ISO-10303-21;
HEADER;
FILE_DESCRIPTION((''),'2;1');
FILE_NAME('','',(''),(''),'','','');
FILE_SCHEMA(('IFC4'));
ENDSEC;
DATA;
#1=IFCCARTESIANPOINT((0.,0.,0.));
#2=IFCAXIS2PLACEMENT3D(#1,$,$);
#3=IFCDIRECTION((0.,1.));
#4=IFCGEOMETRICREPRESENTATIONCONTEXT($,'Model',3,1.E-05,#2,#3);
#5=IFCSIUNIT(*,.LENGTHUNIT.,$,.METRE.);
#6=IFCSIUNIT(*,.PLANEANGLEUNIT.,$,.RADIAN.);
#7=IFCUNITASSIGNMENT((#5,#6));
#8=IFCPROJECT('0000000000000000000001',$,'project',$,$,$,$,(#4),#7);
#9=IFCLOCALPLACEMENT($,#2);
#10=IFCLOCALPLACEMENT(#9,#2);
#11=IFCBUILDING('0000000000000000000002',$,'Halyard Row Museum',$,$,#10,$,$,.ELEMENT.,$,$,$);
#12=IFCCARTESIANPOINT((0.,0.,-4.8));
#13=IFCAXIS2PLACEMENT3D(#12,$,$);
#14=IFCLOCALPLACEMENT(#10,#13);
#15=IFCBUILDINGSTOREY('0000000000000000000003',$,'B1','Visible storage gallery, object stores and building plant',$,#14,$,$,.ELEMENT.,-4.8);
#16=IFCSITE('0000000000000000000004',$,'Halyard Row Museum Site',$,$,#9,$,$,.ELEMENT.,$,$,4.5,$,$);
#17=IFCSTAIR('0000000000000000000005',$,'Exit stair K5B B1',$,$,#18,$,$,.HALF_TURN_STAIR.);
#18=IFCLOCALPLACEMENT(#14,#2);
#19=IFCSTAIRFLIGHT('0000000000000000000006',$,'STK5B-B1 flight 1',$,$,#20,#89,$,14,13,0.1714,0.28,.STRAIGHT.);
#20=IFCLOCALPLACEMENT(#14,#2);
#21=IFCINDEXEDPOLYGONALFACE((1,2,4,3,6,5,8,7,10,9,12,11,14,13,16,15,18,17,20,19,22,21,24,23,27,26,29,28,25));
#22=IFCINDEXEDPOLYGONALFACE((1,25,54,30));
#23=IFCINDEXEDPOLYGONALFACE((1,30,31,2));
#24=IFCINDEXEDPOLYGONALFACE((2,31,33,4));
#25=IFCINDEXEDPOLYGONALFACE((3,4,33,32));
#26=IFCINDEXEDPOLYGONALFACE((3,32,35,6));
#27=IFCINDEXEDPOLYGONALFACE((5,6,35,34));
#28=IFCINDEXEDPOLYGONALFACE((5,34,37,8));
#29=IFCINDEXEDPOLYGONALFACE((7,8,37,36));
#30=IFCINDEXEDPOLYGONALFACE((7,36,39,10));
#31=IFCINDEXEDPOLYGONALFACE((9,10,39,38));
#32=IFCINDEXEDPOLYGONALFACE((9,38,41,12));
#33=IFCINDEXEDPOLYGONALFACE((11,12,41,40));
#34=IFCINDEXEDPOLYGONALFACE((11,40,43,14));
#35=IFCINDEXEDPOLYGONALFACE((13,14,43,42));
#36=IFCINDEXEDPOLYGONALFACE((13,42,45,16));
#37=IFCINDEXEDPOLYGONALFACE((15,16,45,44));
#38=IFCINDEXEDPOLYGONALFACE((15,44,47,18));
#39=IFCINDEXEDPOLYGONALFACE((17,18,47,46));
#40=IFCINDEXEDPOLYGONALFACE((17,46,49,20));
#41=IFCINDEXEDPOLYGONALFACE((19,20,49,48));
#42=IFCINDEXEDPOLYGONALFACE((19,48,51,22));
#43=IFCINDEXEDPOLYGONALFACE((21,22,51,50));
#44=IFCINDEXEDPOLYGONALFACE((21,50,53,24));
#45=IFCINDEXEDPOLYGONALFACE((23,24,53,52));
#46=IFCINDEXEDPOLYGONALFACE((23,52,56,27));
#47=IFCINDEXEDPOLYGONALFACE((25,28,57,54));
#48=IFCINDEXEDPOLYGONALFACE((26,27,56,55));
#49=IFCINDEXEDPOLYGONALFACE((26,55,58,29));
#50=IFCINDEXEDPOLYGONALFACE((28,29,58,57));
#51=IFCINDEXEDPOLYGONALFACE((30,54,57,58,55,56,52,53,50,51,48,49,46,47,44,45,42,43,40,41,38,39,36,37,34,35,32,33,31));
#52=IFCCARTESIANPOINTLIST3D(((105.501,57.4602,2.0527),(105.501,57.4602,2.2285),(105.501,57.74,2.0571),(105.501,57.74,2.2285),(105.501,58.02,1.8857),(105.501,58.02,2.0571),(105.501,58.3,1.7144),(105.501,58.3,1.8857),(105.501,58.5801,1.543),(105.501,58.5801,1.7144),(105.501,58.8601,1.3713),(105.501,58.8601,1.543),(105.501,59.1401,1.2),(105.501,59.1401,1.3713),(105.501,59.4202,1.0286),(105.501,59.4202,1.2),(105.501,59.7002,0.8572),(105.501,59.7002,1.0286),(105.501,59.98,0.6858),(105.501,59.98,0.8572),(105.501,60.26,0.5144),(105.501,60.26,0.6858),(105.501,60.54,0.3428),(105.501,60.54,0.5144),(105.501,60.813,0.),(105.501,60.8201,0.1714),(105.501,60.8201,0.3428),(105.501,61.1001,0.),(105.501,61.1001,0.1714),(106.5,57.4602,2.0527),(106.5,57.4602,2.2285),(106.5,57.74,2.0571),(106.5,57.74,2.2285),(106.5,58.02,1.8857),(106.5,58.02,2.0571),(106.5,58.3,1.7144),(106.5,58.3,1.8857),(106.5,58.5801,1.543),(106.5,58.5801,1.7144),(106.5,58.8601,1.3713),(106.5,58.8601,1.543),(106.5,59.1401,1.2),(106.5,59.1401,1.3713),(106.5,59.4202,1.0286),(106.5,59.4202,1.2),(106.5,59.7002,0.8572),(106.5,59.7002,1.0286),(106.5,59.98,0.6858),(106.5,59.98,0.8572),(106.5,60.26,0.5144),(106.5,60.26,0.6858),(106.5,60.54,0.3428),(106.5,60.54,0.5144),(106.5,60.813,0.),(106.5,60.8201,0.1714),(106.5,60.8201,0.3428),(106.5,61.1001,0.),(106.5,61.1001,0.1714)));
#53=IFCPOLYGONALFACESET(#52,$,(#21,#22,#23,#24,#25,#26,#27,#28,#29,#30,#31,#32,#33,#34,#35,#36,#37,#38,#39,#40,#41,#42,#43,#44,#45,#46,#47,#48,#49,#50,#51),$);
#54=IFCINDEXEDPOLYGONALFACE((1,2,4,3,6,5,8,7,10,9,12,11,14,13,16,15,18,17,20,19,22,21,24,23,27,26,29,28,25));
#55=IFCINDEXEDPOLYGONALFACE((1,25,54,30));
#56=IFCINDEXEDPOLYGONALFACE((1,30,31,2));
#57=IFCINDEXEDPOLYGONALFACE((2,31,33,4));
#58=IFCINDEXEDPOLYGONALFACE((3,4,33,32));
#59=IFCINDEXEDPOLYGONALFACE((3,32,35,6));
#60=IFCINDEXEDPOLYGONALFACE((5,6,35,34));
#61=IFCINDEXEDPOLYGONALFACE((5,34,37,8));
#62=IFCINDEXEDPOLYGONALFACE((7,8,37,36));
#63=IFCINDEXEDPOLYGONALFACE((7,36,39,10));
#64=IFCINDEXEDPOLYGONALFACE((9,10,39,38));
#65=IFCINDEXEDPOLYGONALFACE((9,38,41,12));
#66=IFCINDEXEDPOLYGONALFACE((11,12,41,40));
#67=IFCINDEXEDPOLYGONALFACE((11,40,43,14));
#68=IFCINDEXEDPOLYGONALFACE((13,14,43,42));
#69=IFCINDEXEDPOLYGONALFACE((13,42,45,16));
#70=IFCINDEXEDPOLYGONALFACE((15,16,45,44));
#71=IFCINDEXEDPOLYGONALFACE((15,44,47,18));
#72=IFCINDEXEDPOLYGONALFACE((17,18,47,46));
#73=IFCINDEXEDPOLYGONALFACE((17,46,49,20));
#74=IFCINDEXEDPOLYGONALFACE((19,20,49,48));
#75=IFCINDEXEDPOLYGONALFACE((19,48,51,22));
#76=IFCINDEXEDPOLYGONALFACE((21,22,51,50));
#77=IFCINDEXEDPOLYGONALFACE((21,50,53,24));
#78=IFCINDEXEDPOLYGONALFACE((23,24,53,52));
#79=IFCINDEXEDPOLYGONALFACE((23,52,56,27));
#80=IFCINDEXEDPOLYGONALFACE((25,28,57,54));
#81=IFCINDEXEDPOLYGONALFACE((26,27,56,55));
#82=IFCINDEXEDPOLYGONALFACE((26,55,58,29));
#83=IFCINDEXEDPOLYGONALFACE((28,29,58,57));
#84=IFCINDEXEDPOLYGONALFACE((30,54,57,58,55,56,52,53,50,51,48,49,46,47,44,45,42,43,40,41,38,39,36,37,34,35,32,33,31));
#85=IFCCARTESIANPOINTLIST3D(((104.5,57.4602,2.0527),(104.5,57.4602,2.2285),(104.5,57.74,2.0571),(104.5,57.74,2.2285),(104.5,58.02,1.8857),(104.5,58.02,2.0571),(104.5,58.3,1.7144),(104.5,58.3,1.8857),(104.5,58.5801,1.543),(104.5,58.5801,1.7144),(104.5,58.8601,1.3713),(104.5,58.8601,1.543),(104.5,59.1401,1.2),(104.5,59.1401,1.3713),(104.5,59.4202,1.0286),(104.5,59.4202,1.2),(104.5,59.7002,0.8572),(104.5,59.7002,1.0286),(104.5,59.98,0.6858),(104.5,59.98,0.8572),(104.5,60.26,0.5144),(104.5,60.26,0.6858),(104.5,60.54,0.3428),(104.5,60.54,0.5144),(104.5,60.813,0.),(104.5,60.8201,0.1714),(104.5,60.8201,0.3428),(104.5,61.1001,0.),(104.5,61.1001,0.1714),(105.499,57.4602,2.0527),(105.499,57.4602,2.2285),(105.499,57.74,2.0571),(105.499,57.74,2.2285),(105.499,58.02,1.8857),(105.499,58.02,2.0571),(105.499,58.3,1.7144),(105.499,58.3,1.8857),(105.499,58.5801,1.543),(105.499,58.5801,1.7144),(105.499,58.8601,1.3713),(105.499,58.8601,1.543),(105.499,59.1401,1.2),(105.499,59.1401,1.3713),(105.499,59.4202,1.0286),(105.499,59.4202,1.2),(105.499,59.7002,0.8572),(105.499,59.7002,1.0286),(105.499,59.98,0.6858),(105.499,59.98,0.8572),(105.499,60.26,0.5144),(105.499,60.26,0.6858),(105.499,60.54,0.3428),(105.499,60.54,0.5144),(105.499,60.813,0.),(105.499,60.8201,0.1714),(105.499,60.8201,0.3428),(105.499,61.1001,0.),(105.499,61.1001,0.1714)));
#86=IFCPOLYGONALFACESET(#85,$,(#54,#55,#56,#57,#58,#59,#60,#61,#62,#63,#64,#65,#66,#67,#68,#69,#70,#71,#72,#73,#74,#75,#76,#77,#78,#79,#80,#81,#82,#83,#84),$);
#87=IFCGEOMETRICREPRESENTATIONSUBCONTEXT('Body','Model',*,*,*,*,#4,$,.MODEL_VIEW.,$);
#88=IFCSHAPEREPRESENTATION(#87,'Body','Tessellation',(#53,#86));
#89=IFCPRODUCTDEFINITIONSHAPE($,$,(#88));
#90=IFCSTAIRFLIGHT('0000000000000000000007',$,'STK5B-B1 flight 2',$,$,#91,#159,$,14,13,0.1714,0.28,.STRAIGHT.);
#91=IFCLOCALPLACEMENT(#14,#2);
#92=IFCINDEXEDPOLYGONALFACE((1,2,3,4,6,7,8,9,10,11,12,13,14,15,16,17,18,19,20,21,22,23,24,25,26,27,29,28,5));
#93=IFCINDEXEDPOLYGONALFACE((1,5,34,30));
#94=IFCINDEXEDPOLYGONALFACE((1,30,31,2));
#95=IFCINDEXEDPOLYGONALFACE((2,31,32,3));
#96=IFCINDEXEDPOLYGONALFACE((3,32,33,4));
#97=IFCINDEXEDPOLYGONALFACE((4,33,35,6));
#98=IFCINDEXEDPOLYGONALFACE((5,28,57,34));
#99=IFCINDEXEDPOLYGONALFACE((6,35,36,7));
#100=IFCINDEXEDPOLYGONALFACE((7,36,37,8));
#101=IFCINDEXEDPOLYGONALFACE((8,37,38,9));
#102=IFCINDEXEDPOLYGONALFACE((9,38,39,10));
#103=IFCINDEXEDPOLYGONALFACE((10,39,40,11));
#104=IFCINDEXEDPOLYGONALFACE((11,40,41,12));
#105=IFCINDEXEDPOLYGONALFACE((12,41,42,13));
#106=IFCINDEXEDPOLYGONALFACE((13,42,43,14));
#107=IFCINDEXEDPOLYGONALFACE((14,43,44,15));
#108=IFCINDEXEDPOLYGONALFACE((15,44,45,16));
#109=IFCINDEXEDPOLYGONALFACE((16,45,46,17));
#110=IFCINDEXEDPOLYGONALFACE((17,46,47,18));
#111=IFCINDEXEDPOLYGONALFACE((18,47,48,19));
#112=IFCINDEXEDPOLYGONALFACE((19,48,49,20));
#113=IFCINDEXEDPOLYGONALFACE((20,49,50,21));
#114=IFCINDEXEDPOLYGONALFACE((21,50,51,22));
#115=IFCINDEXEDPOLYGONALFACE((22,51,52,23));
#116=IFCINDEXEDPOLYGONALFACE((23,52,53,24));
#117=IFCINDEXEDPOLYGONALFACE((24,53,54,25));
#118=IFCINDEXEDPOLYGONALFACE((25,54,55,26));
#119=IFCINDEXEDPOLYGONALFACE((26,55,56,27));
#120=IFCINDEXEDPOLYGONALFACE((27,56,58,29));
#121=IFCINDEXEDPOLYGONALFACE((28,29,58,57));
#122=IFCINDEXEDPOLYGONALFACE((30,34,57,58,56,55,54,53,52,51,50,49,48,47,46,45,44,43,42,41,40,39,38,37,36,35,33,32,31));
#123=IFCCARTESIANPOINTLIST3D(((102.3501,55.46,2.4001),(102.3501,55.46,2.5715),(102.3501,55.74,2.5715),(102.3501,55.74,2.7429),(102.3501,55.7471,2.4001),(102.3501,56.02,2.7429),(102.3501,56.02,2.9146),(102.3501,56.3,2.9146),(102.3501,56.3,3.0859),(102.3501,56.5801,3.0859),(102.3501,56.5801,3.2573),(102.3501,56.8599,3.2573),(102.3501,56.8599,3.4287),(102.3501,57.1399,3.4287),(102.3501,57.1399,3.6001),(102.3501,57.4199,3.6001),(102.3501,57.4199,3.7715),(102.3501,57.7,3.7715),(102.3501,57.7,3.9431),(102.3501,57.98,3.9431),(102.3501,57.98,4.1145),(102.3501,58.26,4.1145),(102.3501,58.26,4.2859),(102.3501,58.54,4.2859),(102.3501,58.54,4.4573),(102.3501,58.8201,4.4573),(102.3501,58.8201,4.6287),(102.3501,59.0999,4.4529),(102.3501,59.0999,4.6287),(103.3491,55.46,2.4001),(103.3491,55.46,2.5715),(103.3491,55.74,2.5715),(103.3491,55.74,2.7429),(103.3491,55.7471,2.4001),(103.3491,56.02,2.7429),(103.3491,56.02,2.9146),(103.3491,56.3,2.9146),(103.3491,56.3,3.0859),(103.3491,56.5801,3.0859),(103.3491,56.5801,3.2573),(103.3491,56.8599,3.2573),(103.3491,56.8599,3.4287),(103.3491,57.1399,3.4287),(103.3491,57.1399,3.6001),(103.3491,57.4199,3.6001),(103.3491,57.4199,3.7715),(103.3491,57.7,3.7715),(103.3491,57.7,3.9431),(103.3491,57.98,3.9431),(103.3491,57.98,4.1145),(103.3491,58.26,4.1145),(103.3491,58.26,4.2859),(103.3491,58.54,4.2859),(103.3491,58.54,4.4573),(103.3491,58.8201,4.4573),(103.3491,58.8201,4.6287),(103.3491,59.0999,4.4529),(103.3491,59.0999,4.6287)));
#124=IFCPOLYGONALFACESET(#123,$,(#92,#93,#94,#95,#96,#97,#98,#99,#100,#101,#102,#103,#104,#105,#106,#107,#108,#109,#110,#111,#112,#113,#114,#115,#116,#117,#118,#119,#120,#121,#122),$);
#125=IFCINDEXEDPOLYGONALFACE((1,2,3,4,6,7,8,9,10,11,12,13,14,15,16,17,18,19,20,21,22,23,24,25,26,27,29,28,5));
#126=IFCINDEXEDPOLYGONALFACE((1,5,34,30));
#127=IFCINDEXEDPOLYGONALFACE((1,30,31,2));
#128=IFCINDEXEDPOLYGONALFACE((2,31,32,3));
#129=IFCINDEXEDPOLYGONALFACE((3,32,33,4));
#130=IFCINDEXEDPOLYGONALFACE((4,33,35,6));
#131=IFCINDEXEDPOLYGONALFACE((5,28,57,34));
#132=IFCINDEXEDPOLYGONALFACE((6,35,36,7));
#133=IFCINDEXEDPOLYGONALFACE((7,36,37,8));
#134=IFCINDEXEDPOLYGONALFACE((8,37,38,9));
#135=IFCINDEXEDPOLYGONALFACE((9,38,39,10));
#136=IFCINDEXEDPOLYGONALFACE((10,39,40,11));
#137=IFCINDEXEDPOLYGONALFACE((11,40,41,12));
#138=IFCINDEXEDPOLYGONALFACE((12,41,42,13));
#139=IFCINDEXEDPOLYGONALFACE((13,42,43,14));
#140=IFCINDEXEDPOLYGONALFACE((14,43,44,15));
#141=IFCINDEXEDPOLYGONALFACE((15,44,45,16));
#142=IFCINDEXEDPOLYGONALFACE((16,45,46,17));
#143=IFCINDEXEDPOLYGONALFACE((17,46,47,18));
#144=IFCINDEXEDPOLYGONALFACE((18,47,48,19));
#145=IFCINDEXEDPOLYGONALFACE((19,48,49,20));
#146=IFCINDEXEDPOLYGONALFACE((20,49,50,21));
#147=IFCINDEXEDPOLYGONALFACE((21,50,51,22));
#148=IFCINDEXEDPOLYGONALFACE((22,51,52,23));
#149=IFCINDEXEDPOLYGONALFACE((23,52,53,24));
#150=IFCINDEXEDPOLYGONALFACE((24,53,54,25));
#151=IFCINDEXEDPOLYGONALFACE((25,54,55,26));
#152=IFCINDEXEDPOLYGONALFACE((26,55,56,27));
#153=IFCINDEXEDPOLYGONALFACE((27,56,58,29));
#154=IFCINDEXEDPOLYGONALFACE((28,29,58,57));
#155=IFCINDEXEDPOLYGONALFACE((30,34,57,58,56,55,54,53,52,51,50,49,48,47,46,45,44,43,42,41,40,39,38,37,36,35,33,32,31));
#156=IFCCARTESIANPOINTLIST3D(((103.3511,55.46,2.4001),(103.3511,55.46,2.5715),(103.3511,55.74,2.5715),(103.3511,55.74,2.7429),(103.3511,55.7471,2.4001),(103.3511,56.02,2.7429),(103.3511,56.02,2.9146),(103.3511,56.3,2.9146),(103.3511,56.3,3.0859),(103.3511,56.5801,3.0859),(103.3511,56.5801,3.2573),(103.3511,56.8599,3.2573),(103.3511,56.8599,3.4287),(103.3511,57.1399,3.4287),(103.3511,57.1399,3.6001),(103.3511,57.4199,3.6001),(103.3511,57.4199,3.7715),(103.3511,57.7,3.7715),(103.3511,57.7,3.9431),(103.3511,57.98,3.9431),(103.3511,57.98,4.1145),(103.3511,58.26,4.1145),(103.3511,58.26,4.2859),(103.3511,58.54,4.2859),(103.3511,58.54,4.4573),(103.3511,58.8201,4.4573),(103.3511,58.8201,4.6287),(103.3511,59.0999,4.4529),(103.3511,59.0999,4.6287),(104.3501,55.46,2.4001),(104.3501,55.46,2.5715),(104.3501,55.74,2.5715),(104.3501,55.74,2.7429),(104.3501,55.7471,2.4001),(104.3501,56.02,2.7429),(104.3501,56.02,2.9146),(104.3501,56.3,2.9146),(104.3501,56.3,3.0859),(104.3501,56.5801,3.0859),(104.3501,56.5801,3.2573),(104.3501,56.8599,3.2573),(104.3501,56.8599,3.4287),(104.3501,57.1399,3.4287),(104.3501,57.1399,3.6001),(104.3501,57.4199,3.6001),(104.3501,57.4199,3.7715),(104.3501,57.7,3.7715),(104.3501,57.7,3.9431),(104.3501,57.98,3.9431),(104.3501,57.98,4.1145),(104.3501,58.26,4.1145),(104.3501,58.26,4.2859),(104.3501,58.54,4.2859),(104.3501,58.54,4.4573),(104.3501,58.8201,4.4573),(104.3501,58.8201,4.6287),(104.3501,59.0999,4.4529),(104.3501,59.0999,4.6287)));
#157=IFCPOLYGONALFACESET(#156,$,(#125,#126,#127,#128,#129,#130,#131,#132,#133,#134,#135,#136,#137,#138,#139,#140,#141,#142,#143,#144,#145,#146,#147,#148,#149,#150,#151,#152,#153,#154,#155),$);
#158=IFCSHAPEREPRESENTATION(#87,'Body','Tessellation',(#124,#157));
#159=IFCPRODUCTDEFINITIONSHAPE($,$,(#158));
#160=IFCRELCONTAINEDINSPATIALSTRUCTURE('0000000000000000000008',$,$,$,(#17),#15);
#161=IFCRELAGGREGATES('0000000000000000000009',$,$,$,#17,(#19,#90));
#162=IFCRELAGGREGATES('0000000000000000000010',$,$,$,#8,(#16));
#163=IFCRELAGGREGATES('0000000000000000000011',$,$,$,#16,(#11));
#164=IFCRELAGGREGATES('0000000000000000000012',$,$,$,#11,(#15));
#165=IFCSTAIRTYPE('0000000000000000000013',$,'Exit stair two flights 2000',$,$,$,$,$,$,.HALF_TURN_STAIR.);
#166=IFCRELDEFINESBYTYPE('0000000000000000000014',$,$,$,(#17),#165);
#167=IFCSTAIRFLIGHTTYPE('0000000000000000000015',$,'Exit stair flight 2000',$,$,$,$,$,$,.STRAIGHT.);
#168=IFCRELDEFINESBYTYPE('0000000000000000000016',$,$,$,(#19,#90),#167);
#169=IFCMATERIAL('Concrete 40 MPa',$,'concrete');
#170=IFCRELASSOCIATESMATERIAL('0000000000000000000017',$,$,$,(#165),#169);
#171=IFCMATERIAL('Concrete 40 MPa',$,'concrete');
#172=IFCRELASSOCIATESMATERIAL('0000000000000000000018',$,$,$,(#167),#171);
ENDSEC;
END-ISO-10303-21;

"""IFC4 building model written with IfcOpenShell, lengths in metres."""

from ifc_helpers import new_model, si_unit, direction, frame, origin, place, context, subcontext, project, spatial, polyline, outline, extrude, material, type_object, element, aggregate, save


model = new_model("IFC4")

# Units and contexts
model_context = context("Model", 3, precision=1e-05, world=origin(), true_north=direction((0.0, 1.0)))
body_context = subcontext(model_context, "Body", "Model", "MODEL_VIEW")
ifc_project = project(units=[si_unit("LENGTHUNIT", "METRE"), si_unit("PLANEANGLEUNIT", "RADIAN")], contexts=[model_context])

# Site, building, storey
site_placement = place(None, origin())
site = spatial("IfcSite", under=ifc_project, at=site_placement, Name="Halyard Row Museum Site", CompositionType="ELEMENT", RefElevation=4.5)
building_placement = place(site_placement, origin())
building = spatial("IfcBuilding", under=site, at=building_placement, Name="Halyard Row Museum", CompositionType="ELEMENT")
storey_placement = place(building_placement, frame((0.0, 0.0, -4.8)))
storey = spatial("IfcBuildingStorey", under=building, at=storey_placement, Name="B1", Description="Visible storage gallery, object stores and building plant", CompositionType="ELEMENT", Elevation=-4.8)

# Stair, stair flights
ifc_material_1 = material(Name="Concrete 40 MPa", Category="concrete")
stair_type = type_object("IfcStairType", Name="Exit stair two flights 2000", PredefinedType="HALF_TURN_STAIR", material=ifc_material_1)
stair_placement = place(storey_placement, origin())
stair = element("IfcStair", 1, at=stair_placement, inside=storey, type_object=stair_type, Name="Exit stair K5B B1", PredefinedType="HALF_TURN_STAIR")
ifc_material_2 = material(Name="Concrete 40 MPa", Category="concrete")
stair_flight_type = type_object("IfcStairFlightType", Name="Exit stair flight 2000", PredefinedType="STRAIGHT", material=ifc_material_2)
stair_flight_1_placement = place(storey_placement, frame((105.5, 61.1001, 0.0), z_axis=(0.0, 0.0, 1.0), x_axis=(0.0, -1.0, 0.0)))
stair_flight_1 = element("IfcStairFlight", 2, at=stair_flight_1_placement, type_object=stair_flight_type, Name="STK5B-B1 flight 1", NumberOfRisers=14, NumberOfTreads=13, PredefinedType="STRAIGHT", RiserHeight=0.1714, TreadLength=0.28, context=body_context, shape_type="SweptSolid", body=[
    extrude(outline(polyline([(0.0, 0.0), (0.0, 0.1714), (0.28, 0.1714), (0.28, 0.3428), (0.5601, 0.3428), (0.5601, 0.5144), (0.8401, 0.5144), (0.8401, 0.6858), (1.1201, 0.6858), (1.1201, 0.8572), (1.3999, 0.8572), (1.3999, 1.0286), (1.6799, 1.0286), (1.6799, 1.2), (1.96, 1.2), (1.96, 1.3713), (2.24, 1.3713), (2.24, 1.543), (2.52, 1.543), (2.52, 1.7144), (2.8, 1.7144), (2.8, 1.8857), (3.0801, 1.8857), (3.0801, 2.0571), (3.3601, 2.0571), (3.3601, 2.2285), (3.6399, 2.2285), (3.6399, 2.3999), (3.6399, 2.0527), (0.2871, 0.0), (0.0, 0.0)])), frame((0.0, 1.0, 0.0), z_axis=(0.0, -1.0, 0.0), x_axis=(1.0, 0.0, 0.0)), (0.0, 0.0, 1.0), 0.999),
    extrude(outline(polyline([(0.0, 0.0), (0.0, 0.1714), (0.28, 0.1714), (0.28, 0.3428), (0.5601, 0.3428), (0.5601, 0.5144), (0.8401, 0.5144), (0.8401, 0.6858), (1.1201, 0.6858), (1.1201, 0.8572), (1.3999, 0.8572), (1.3999, 1.0286), (1.6799, 1.0286), (1.6799, 1.2), (1.96, 1.2), (1.96, 1.3713), (2.24, 1.3713), (2.24, 1.543), (2.52, 1.543), (2.52, 1.7144), (2.8, 1.7144), (2.8, 1.8857), (3.0801, 1.8857), (3.0801, 2.0571), (3.3601, 2.0571), (3.3601, 2.2285), (3.6399, 2.2285), (3.6399, 2.3999), (3.6399, 2.0527), (0.2871, 0.0), (0.0, 0.0)])), frame((0.0, -0.001, 0.0), z_axis=(0.0, -1.0, 0.0), x_axis=(1.0, 0.0, 0.0)), (0.0, 0.0, 1.0), 0.999),
])
stair_flight_2_placement = place(storey_placement, frame((103.3501, 55.46, 2.4001), z_axis=(0.0, 0.0, 1.0), x_axis=(0.0, 1.0, 0.0)))
stair_flight_2 = element("IfcStairFlight", 3, at=stair_flight_2_placement, type_object=stair_flight_type, Name="STK5B-B1 flight 2", NumberOfRisers=14, NumberOfTreads=13, PredefinedType="STRAIGHT", RiserHeight=0.1714, TreadLength=0.28, context=body_context, shape_type="SweptSolid", body=[
    extrude(outline(polyline([(0.0, 0.0), (0.0, 0.1714), (0.28, 0.1714), (0.28, 0.3428), (0.5601, 0.3428), (0.5601, 0.5144), (0.8401, 0.5144), (0.8401, 0.6858), (1.1201, 0.6858), (1.1201, 0.8572), (1.3999, 0.8572), (1.3999, 1.0286), (1.6799, 1.0286), (1.6799, 1.2), (1.96, 1.2), (1.96, 1.3713), (2.24, 1.3713), (2.24, 1.543), (2.52, 1.543), (2.52, 1.7144), (2.8, 1.7144), (2.8, 1.8857), (3.0801, 1.8857), (3.0801, 2.0571), (3.3601, 2.0571), (3.3601, 2.2285), (3.6399, 2.2285), (3.6399, 2.3999), (3.6399, 2.0527), (0.2871, 0.0), (0.0, 0.0)])), frame((0.0, 1.0, 0.0), z_axis=(0.0, -1.0, 0.0), x_axis=(1.0, 0.0, 0.0)), (0.0, 0.0, 1.0), 0.999),
    extrude(outline(polyline([(0.0, 0.0), (0.0, 0.1714), (0.28, 0.1714), (0.28, 0.3428), (0.5601, 0.3428), (0.5601, 0.5144), (0.8401, 0.5144), (0.8401, 0.6858), (1.1201, 0.6858), (1.1201, 0.8572), (1.3999, 0.8572), (1.3999, 1.0286), (1.6799, 1.0286), (1.6799, 1.2), (1.96, 1.2), (1.96, 1.3713), (2.24, 1.3713), (2.24, 1.543), (2.52, 1.543), (2.52, 1.7144), (2.8, 1.7144), (2.8, 1.8857), (3.0801, 1.8857), (3.0801, 2.0571), (3.3601, 2.0571), (3.3601, 2.2285), (3.6399, 2.2285), (3.6399, 2.3999), (3.6399, 2.0527), (0.2871, 0.0), (0.0, 0.0)])), frame((0.0, -0.001, 0.0), z_axis=(0.0, -1.0, 0.0), x_axis=(1.0, 0.0, 0.0)), (0.0, 0.0, 1.0), 0.999),
])
aggregate(stair, [stair_flight_1, stair_flight_2])

save(model, "model.ifc")
